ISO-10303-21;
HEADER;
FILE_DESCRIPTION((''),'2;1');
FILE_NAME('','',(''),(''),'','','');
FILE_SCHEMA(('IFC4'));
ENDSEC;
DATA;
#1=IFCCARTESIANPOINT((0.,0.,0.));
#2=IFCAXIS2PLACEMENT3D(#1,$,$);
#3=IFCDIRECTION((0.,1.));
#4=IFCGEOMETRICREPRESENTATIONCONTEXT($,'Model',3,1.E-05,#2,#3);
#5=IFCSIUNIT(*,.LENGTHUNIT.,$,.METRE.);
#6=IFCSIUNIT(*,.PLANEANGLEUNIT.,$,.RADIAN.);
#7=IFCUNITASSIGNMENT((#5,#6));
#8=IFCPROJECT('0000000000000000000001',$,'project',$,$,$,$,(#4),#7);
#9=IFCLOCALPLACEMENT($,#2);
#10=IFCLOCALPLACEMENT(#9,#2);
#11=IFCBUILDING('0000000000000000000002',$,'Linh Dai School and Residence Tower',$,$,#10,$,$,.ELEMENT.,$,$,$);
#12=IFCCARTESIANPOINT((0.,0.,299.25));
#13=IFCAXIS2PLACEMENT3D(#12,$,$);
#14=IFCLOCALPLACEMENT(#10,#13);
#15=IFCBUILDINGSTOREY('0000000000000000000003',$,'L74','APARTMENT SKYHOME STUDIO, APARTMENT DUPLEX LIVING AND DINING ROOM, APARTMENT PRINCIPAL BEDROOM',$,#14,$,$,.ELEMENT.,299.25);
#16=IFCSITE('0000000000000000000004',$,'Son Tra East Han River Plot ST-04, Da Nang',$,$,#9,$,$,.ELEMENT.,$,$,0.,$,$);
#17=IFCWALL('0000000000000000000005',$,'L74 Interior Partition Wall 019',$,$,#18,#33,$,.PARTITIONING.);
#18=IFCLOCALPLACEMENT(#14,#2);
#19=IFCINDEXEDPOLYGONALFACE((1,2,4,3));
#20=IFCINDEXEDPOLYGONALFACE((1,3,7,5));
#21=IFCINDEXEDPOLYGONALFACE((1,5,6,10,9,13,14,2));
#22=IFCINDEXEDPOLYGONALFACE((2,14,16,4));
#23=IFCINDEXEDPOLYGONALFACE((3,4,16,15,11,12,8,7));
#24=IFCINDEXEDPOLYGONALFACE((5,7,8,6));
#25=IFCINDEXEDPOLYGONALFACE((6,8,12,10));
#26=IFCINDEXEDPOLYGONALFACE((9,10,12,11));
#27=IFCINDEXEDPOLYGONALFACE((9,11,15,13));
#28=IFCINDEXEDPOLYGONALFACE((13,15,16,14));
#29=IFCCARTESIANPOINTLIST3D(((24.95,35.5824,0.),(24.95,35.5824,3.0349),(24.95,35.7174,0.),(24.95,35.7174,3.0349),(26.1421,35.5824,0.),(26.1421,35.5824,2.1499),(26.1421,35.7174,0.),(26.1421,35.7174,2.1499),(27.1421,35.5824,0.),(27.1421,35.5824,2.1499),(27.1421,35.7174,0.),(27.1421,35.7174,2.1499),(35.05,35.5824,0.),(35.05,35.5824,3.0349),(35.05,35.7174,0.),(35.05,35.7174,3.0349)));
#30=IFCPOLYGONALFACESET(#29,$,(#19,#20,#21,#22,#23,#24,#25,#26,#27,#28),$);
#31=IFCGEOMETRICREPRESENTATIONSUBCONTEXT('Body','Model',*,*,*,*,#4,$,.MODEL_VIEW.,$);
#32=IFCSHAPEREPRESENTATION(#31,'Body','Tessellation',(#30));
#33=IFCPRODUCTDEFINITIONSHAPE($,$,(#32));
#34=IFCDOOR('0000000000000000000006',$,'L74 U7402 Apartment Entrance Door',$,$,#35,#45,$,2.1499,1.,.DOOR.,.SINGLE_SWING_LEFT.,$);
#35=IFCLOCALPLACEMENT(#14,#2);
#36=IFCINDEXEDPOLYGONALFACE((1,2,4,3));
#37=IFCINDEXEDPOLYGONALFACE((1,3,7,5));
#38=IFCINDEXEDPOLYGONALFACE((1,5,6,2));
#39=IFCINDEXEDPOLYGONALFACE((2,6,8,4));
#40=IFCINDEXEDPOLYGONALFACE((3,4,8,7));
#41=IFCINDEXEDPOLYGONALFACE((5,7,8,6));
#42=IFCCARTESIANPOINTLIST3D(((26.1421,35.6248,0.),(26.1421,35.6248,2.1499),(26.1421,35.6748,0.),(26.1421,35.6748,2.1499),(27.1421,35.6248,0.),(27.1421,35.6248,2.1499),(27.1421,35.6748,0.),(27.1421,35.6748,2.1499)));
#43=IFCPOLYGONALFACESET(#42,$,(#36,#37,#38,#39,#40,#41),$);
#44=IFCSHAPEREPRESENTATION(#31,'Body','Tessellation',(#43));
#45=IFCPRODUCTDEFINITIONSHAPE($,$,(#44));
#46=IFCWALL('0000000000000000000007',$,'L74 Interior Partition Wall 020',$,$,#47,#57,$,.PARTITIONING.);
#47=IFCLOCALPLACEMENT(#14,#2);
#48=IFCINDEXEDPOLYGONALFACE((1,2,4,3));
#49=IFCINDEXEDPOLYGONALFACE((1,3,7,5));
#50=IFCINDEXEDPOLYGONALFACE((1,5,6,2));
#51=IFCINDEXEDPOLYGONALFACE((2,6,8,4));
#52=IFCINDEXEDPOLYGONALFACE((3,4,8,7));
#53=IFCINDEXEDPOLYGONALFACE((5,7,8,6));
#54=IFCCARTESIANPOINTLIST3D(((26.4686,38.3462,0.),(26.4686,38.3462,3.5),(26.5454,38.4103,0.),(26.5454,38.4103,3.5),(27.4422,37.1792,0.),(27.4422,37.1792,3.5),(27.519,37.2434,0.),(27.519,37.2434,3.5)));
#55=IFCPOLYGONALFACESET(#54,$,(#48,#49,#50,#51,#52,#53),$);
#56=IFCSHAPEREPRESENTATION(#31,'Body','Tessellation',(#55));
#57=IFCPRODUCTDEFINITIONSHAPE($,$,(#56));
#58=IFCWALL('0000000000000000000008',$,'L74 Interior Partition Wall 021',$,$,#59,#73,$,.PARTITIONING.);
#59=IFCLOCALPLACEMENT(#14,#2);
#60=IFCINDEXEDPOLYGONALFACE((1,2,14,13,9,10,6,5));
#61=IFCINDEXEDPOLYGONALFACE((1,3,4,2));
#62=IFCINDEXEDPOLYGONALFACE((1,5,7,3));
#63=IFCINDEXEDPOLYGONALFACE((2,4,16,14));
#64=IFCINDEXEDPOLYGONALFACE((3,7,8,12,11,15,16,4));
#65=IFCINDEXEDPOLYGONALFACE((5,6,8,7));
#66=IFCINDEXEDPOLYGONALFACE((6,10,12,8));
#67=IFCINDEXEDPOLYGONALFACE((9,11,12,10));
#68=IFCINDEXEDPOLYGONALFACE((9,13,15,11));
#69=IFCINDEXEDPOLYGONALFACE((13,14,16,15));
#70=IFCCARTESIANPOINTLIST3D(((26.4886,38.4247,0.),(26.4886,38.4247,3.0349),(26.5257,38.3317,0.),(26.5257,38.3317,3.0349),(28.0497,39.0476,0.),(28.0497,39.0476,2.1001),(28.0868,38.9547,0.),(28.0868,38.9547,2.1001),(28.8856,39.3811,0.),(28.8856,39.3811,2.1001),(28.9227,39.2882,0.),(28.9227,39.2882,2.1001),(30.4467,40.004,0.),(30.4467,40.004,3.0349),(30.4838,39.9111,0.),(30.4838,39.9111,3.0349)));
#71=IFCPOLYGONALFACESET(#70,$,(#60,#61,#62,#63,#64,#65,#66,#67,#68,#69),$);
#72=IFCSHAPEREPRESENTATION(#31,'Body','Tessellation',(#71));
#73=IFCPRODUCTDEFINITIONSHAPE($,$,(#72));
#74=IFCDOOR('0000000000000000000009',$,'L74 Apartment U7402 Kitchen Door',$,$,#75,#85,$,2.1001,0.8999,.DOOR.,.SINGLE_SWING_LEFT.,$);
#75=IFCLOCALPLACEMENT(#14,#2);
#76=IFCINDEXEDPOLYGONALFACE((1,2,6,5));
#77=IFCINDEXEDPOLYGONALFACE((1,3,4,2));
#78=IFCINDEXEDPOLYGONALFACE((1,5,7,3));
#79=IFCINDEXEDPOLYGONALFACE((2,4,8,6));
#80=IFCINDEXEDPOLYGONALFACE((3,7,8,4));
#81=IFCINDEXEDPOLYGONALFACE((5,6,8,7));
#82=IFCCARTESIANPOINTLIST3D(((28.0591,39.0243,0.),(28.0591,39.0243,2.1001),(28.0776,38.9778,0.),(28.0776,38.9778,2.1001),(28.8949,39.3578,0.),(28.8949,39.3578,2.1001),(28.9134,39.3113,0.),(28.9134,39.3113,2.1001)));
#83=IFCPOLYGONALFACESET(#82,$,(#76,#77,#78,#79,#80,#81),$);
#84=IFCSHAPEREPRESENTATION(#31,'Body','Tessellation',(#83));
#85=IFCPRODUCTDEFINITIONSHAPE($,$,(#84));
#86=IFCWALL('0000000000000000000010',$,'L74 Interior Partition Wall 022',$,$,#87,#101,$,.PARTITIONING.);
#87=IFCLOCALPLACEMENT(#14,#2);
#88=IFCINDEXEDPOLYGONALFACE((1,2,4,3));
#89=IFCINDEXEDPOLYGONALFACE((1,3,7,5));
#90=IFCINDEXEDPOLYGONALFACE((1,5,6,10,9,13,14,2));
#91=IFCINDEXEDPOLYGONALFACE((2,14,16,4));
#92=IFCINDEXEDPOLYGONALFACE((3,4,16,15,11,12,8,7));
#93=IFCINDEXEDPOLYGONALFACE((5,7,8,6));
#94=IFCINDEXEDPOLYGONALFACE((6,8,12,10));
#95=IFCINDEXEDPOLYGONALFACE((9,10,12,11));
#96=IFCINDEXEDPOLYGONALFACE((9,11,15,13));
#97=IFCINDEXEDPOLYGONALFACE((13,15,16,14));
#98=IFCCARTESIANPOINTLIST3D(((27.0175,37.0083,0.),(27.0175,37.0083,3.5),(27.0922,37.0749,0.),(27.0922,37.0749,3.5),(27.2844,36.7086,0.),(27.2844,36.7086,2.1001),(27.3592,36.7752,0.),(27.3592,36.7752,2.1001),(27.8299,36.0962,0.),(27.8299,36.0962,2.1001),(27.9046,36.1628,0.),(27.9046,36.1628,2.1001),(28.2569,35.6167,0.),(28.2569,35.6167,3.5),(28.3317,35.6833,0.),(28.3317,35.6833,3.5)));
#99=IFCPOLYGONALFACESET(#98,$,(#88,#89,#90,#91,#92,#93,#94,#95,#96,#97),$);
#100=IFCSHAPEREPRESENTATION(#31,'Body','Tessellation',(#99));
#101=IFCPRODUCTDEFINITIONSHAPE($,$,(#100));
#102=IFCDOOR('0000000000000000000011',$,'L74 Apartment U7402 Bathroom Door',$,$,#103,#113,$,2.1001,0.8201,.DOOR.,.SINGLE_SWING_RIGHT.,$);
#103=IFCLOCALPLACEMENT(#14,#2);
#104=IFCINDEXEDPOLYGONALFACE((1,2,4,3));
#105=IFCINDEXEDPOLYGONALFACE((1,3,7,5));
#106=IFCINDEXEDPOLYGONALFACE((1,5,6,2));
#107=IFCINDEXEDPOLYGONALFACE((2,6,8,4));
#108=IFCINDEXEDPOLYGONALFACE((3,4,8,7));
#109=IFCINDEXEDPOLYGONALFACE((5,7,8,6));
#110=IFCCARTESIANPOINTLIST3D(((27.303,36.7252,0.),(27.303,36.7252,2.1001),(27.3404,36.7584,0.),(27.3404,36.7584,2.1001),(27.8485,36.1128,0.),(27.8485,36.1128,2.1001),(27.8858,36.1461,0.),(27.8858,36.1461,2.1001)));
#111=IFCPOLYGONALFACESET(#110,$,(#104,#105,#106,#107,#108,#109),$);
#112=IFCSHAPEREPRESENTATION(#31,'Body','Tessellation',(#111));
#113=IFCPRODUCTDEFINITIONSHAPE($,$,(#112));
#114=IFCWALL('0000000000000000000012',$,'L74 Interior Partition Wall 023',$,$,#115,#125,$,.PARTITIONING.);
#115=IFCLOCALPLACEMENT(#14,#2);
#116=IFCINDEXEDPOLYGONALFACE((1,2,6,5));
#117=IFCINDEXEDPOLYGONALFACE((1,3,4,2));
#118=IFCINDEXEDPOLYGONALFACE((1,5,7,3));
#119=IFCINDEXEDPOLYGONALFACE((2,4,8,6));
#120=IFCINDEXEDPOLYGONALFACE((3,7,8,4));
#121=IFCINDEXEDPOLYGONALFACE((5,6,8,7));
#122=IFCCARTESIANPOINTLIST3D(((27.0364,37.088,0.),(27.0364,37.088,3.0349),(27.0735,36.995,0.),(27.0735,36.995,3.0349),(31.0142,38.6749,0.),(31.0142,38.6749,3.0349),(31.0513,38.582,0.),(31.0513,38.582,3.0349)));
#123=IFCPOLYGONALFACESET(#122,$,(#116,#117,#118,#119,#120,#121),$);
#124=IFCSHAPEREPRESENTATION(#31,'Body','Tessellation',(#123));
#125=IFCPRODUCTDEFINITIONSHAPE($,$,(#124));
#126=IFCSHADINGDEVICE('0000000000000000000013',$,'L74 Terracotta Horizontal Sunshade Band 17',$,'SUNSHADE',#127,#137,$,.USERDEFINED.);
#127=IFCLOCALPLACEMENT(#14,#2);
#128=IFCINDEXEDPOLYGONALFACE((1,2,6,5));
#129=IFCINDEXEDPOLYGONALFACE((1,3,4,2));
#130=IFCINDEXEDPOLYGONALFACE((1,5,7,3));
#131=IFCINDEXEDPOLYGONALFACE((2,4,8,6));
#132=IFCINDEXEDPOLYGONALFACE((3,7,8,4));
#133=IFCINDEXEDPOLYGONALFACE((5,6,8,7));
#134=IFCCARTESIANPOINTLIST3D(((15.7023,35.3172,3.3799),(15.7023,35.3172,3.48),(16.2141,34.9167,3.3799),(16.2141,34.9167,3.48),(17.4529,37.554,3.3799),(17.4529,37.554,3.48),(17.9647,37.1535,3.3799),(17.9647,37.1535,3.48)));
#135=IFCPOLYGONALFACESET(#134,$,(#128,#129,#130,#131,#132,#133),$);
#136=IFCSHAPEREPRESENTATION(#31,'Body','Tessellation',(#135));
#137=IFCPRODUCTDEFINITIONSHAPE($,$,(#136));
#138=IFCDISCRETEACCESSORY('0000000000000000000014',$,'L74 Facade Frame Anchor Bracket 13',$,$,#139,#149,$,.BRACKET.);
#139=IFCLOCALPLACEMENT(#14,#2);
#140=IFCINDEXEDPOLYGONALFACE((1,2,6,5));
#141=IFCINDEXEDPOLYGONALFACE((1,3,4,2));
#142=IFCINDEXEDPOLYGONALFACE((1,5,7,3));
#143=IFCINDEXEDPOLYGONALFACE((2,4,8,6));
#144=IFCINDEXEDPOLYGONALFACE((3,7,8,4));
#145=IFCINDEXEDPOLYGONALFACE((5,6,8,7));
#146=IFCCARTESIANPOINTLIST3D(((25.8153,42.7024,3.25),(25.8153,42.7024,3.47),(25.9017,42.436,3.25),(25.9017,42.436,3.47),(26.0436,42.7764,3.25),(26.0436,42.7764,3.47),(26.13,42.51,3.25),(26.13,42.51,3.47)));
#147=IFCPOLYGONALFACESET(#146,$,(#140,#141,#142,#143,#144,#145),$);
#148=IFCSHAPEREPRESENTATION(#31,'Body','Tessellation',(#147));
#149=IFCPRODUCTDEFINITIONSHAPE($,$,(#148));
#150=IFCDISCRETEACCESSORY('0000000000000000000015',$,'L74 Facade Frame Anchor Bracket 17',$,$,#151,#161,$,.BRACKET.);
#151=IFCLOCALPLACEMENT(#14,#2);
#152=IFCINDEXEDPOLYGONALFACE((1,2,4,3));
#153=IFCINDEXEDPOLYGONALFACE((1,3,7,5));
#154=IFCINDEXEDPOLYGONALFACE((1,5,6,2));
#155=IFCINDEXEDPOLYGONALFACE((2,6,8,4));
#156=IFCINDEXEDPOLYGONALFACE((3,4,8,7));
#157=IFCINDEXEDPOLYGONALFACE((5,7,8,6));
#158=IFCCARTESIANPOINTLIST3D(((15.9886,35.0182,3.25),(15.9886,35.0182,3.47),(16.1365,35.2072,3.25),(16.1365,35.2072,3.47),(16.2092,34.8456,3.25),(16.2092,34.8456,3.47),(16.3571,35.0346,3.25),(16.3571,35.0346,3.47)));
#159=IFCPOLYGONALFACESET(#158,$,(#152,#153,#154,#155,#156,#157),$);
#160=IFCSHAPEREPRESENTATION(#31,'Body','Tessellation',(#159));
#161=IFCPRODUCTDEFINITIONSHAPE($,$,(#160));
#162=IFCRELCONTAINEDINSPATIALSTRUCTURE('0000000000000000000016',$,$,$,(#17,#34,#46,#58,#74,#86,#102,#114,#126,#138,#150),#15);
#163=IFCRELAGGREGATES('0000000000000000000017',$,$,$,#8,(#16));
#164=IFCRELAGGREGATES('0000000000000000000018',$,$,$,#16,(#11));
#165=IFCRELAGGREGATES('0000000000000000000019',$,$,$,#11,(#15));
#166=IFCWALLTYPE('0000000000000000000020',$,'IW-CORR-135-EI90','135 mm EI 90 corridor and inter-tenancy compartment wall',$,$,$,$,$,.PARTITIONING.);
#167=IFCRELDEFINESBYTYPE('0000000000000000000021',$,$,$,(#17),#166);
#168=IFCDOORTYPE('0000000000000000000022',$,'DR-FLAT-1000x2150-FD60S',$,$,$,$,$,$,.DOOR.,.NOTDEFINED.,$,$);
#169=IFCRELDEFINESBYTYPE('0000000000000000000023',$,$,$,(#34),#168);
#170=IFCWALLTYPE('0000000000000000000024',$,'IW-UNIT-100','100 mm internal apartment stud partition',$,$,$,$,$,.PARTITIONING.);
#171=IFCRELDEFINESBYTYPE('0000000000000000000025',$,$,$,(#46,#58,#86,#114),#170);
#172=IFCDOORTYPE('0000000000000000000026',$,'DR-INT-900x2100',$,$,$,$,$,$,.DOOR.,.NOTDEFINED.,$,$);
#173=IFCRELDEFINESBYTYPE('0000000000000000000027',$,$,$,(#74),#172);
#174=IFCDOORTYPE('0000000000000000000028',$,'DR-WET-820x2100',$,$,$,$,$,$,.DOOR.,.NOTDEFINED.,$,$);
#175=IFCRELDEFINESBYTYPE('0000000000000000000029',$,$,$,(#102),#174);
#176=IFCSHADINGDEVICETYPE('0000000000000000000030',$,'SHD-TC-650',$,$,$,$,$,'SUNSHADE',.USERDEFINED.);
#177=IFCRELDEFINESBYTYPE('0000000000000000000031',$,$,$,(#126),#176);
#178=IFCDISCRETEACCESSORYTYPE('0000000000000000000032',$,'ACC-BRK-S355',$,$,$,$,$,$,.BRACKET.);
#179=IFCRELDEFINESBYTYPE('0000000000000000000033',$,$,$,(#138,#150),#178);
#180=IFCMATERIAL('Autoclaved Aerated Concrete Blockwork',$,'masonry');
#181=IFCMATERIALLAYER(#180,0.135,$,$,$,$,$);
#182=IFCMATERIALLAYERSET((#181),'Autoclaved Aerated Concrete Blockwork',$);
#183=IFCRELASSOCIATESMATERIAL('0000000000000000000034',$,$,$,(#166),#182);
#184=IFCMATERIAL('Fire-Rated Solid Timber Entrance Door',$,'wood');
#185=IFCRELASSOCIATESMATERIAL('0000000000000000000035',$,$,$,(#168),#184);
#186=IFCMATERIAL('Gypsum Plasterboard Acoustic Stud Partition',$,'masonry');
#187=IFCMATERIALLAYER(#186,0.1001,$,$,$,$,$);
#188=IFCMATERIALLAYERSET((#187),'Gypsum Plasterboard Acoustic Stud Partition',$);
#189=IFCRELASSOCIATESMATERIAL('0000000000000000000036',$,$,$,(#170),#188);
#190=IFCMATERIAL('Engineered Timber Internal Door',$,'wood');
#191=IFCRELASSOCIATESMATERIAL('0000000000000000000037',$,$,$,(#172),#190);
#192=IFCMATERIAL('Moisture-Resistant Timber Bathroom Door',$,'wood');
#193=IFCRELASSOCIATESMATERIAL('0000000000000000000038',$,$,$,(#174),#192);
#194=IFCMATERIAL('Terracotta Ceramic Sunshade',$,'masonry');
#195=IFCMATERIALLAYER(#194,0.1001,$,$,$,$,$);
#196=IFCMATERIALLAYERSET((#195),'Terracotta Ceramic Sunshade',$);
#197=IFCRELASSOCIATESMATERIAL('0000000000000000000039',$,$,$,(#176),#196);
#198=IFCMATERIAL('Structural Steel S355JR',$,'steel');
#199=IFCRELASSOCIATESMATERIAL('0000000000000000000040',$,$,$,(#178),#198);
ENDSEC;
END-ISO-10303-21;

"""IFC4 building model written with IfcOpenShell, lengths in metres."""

from ifc_helpers import new_model, si_unit, direction, frame, frame_2d, origin, origin_2d, place, context, subcontext, project, spatial, rectangle, extrude, source, transform, mapped, material, layer, layer_set, type_object, element, fill, save


model = new_model("IFC4")

# Units and contexts
model_context = context("Model", 3, precision=1e-05, world=origin(), true_north=direction((0.0, 1.0)))
body_context = subcontext(model_context, "Body", "Model", "MODEL_VIEW")
ifc_project = project(units=[si_unit("LENGTHUNIT", "METRE"), si_unit("PLANEANGLEUNIT", "RADIAN")], contexts=[model_context])

# Site, building, storey
site_placement = place(None, origin())
site = spatial("IfcSite", under=ifc_project, at=site_placement, Name="Son Tra East Han River Plot ST-04, Da Nang", CompositionType="ELEMENT", RefElevation=0.0)
building_placement = place(site_placement, origin())
building = spatial("IfcBuilding", under=site, at=building_placement, Name="Linh Dai School and Residence Tower", CompositionType="ELEMENT")
storey_placement = place(building_placement, frame((0.0, 0.0, 299.25)))
storey = spatial("IfcBuildingStorey", under=building, at=storey_placement, Name="L74", Description="APARTMENT SKYHOME STUDIO, APARTMENT DUPLEX LIVING AND DINING ROOM, APARTMENT PRINCIPAL BEDROOM", CompositionType="ELEMENT", Elevation=299.25)

# Shared definitions
ifc_material_1 = material(Name="Structural Steel S355JR", Category="steel")

# Shared definitions
ifc_material_2 = material(Name="Autoclaved Aerated Concrete Blockwork", Category="masonry")
ifc_layer_1 = layer(ifc_material_2, 0.135)
ifc_layer_set_1 = layer_set([ifc_layer_1], Name="Autoclaved Aerated Concrete Blockwork")
wall_type_1 = type_object("IfcWallType", Name="IW-CORR-135-EI90", Description="135 mm EI 90 corridor and inter-tenancy compartment wall", PredefinedType="PARTITIONING", material=ifc_layer_set_1)

# Wall, opening, door
wall_1_placement = place(storey_placement, frame((24.95, 35.6499, 0.0), z_axis=(0.0, 0.0, 1.0), x_axis=(1.0, 0.0, 0.0)))
wall_1 = element("IfcWall", 1, at=wall_1_placement, inside=storey, type_object=wall_type_1, Name="L74 Interior Partition Wall 019", PredefinedType="PARTITIONING", context=body_context, shape_type="SweptSolid", body=[
    extrude(rectangle(XDim=10.1001, YDim=0.135, at=frame_2d((5.05, 0.0))), origin(), (0.0, 0.0, 1.0), 3.0349),
])
opening_1_placement = place(wall_1_placement, frame((1.1921, 0.0, 0.0)))
opening_1 = element("IfcOpeningElement", 2, at=opening_1_placement, cuts=wall_1, PredefinedType="OPENING", context=body_context, shape_type="SweptSolid", body=[
    extrude(rectangle(XDim=1.0, YDim=2.1499, at=origin_2d()), frame((0.5, 0.0776, 1.075), z_axis=(0.0, -1.0, 0.0), x_axis=(1.0, 0.0, 0.0)), (0.0, 0.0, 1.0), 0.155),
])
ifc_material_3 = material(Name="Fire-Rated Solid Timber Entrance Door", Category="wood")
door_type_1 = type_object("IfcDoorType", Name="DR-FLAT-1000x2150-FD60S", OperationType="NOTDEFINED", PredefinedType="DOOR", material=ifc_material_3)
shared_shape_1 = source(origin(), body_context, "Body", "SweptSolid", [
    extrude(rectangle(XDim=1.0, YDim=2.1499, at=origin_2d()), frame((0.5, 0.0249, 1.075), z_axis=(0.0, -1.0, 0.0), x_axis=(1.0, 0.0, 0.0)), (0.0, 0.0, 1.0), 0.05),
])
door_1_placement = place(opening_1_placement, origin())
door_1 = element("IfcDoor", 3, at=door_1_placement, inside=storey, type_object=door_type_1, Name="L74 U7402 Apartment Entrance Door", OperationType="SINGLE_SWING_LEFT", OverallHeight=2.1499, OverallWidth=1.0, PredefinedType="DOOR", context=body_context, shape_type="MappedRepresentation", body=[
    mapped(shared_shape_1, transform((0.0, 0.0, 0.0), x_axis=(1.0, 0.0, 0.0), y_axis=(0.0, 1.0, 0.0), z_axis=(0.0, 0.0, 1.0), scale=1.0)),
])
fill(opening_1, door_1)

# Wall
ifc_material_4 = material(Name="Gypsum Plasterboard Acoustic Stud Partition", Category="masonry")
ifc_layer_2 = layer(ifc_material_4, 0.1001)
ifc_layer_set_2 = layer_set([ifc_layer_2], Name="Gypsum Plasterboard Acoustic Stud Partition")
wall_type_2 = type_object("IfcWallType", Name="IW-UNIT-100", Description="100 mm internal apartment stud partition", PredefinedType="PARTITIONING", material=ifc_layer_set_2)
wall_2_placement = place(storey_placement, frame((26.5071, 38.3782, 0.0), z_axis=(0.0, 0.0, 1.0), x_axis=(0.640627, -0.767852, 0.0)))
element("IfcWall", 4, at=wall_2_placement, inside=storey, type_object=wall_type_2, Name="L74 Interior Partition Wall 020", PredefinedType="PARTITIONING", context=body_context, shape_type="SweptSolid", body=[
    extrude(rectangle(XDim=1.5198, YDim=0.1001, at=frame_2d((0.7598, 0.0))), origin(), (0.0, 0.0, 1.0), 3.5),
])

# Walls, openings, doors
wall_3_placement = place(storey_placement, frame((26.5071, 38.3782, 0.0), z_axis=(0.0, 0.0, 1.0), x_axis=(0.928788, 0.37061, 0.0)))
wall_3 = element("IfcWall", 5, at=wall_3_placement, inside=storey, type_object=wall_type_2, Name="L74 Interior Partition Wall 021", PredefinedType="PARTITIONING", context=body_context, shape_type="SweptSolid", body=[
    extrude(rectangle(XDim=4.2615, YDim=0.1001, at=frame_2d((2.1309, 0.0))), origin(), (0.0, 0.0, 1.0), 3.0349),
])
opening_2_placement = place(wall_3_placement, frame((1.6809, 0.0, 0.0)))
opening_2 = element("IfcOpeningElement", 6, at=opening_2_placement, cuts=wall_3, PredefinedType="OPENING", context=body_context, shape_type="SweptSolid", body=[
    extrude(rectangle(XDim=0.8999, YDim=2.1001, at=origin_2d()), frame((0.45, 0.0601, 1.05), z_axis=(0.0, -1.0, 0.0), x_axis=(1.0, 0.0, 0.0)), (0.0, 0.0, 1.0), 0.1201),
])
ifc_material_5 = material(Name="Engineered Timber Internal Door", Category="wood")
door_type_2 = type_object("IfcDoorType", Name="DR-INT-900x2100", OperationType="NOTDEFINED", PredefinedType="DOOR", material=ifc_material_5)
shared_shape_2 = source(origin(), body_context, "Body", "SweptSolid", [
    extrude(rectangle(XDim=0.8999, YDim=2.1001, at=origin_2d()), frame((0.45, 0.0249, 1.05), z_axis=(0.0, -1.0, 0.0), x_axis=(1.0, 0.0, 0.0)), (0.0, 0.0, 1.0), 0.05),
])
door_2_placement = place(opening_2_placement, origin())
door_2 = element("IfcDoor", 7, at=door_2_placement, inside=storey, type_object=door_type_2, Name="L74 Apartment U7402 Kitchen Door", OperationType="SINGLE_SWING_LEFT", OverallHeight=2.1001, OverallWidth=0.8999, PredefinedType="DOOR", context=body_context, shape_type="MappedRepresentation", body=[
    mapped(shared_shape_2, transform((0.0, 0.0, 0.0), x_axis=(1.0, 0.0, 0.0), y_axis=(0.0, 1.0, 0.0), z_axis=(0.0, 0.0, 1.0), scale=1.0)),
])
fill(opening_2, door_2)
wall_4_placement = place(storey_placement, frame((27.0549, 37.0415, 0.0), z_axis=(0.0, 0.0, 1.0), x_axis=(0.66512, -0.746737, 0.0)))
wall_4 = element("IfcWall", 8, at=wall_4_placement, inside=storey, type_object=wall_type_2, Name="L74 Interior Partition Wall 022", PredefinedType="PARTITIONING", context=body_context, shape_type="SweptSolid", body=[
    extrude(rectangle(XDim=1.8635, YDim=0.1001, at=frame_2d((0.9316, 0.0))), origin(), (0.0, 0.0, 1.0), 3.5),
])
opening_3_placement = place(wall_4_placement, frame((0.4011, 0.0, 0.0)))
opening_3 = element("IfcOpeningElement", 9, at=opening_3_placement, cuts=wall_4, PredefinedType="OPENING", context=body_context, shape_type="SweptSolid", body=[
    extrude(rectangle(XDim=0.8201, YDim=2.1001, at=origin_2d()), frame((0.4102, 0.0601, 1.05), z_axis=(0.0, -1.0, 0.0), x_axis=(1.0, 0.0, 0.0)), (0.0, 0.0, 1.0), 0.1201),
])
ifc_material_6 = material(Name="Moisture-Resistant Timber Bathroom Door", Category="wood")
door_type_3 = type_object("IfcDoorType", Name="DR-WET-820x2100", OperationType="NOTDEFINED", PredefinedType="DOOR", material=ifc_material_6)
shared_shape_3 = source(origin(), body_context, "Body", "SweptSolid", [
    extrude(rectangle(XDim=0.8201, YDim=2.1001, at=origin_2d()), frame((0.4102, 0.0249, 1.05), z_axis=(0.0, -1.0, 0.0), x_axis=(1.0, 0.0, 0.0)), (0.0, 0.0, 1.0), 0.05),
])
door_3_placement = place(opening_3_placement, origin())
door_3 = element("IfcDoor", 10, at=door_3_placement, inside=storey, type_object=door_type_3, Name="L74 Apartment U7402 Bathroom Door", OperationType="SINGLE_SWING_RIGHT", OverallHeight=2.1001, OverallWidth=0.8201, PredefinedType="DOOR", context=body_context, shape_type="MappedRepresentation", body=[
    mapped(shared_shape_3, transform((0.0, 0.0, 0.0), x_axis=(1.0, 0.0, 0.0), y_axis=(0.0, 1.0, 0.0), z_axis=(0.0, 0.0, 1.0), scale=1.0)),
])
fill(opening_3, door_3)

# Wall
wall_5_placement = place(storey_placement, frame((27.0549, 37.0415, 0.0), z_axis=(0.0, 0.0, 1.0), x_axis=(0.928814, 0.370545, 0.0)))
element("IfcWall", 11, at=wall_5_placement, inside=storey, type_object=wall_type_2, Name="L74 Interior Partition Wall 023", PredefinedType="PARTITIONING", context=body_context, shape_type="SweptSolid", body=[
    extrude(rectangle(XDim=4.2827, YDim=0.1001, at=frame_2d((2.1414, 0.0))), origin(), (0.0, 0.0, 1.0), 3.0349),
])

# Shading device
ifc_material_7 = material(Name="Terracotta Ceramic Sunshade", Category="masonry")
ifc_layer_3 = layer(ifc_material_7, 0.1001)
ifc_layer_set_3 = layer_set([ifc_layer_3], Name="Terracotta Ceramic Sunshade")
shading_device_type = type_object("IfcShadingDeviceType", Name="SHD-TC-650", ElementType="SUNSHADE", PredefinedType="USERDEFINED", material=ifc_layer_set_3)
shared_shape_4 = source(origin(), body_context, "Body", "SweptSolid", [
    extrude(rectangle(XDim=2.8403, YDim=0.6499, at=origin_2d()), origin(), (0.0, 0.0, 1.0), 0.1001),
])
shading_device_placement = place(storey_placement, frame((16.8335, 36.2354, 3.3799), z_axis=(0.0, 0.0, 1.0), x_axis=(0.616311, 0.787503, 0.0)))
element("IfcShadingDevice", 12, at=shading_device_placement, inside=storey, type_object=shading_device_type, Name="L74 Terracotta Horizontal Sunshade Band 17", ObjectType="SUNSHADE", PredefinedType="USERDEFINED", context=body_context, shape_type="MappedRepresentation", body=[
    mapped(shared_shape_4, transform((0.0, 0.0, 0.0), x_axis=(1.0, 0.0, 0.0), y_axis=(0.0, 1.0, 0.0), z_axis=(0.0, 0.0, 1.0), scale=1.0)),
])

# Discrete accessories
discrete_accessory_type = type_object("IfcDiscreteAccessoryType", Name="ACC-BRK-S355", PredefinedType="BRACKET", material=ifc_material_1)
shared_shape_5 = source(origin(), body_context, "Body", "SweptSolid", [
    extrude(rectangle(XDim=0.28, YDim=0.24, at=origin_2d()), origin(), (0.0, 0.0, 1.0), 0.22),
])
for number, where, z_axis, x_axis, name in (
    (13, (25.9727, 42.6062, 3.25), (0.0, 0.0, 1.0), (-0.308519, 0.951218, 0.0), "L74 Facade Frame Anchor Bracket 13"),
    (14, (16.1729, 35.0264, 3.25), (0.0, 0.0, 1.0), (-0.787503, 0.616311, 0.0), "L74 Facade Frame Anchor Bracket 17"),
):
    element("IfcDiscreteAccessory", number, at=place(storey_placement, frame(where, z_axis=z_axis, x_axis=x_axis)), inside=storey, type_object=discrete_accessory_type, Name=name, PredefinedType="BRACKET", context=body_context, shape_type="MappedRepresentation", body=[
        mapped(shared_shape_5, transform((0.0, 0.0, 0.0), x_axis=(1.0, 0.0, 0.0), y_axis=(0.0, 1.0, 0.0), z_axis=(0.0, 0.0, 1.0), scale=1.0)),
    ])

save(model, "model.ifc")
